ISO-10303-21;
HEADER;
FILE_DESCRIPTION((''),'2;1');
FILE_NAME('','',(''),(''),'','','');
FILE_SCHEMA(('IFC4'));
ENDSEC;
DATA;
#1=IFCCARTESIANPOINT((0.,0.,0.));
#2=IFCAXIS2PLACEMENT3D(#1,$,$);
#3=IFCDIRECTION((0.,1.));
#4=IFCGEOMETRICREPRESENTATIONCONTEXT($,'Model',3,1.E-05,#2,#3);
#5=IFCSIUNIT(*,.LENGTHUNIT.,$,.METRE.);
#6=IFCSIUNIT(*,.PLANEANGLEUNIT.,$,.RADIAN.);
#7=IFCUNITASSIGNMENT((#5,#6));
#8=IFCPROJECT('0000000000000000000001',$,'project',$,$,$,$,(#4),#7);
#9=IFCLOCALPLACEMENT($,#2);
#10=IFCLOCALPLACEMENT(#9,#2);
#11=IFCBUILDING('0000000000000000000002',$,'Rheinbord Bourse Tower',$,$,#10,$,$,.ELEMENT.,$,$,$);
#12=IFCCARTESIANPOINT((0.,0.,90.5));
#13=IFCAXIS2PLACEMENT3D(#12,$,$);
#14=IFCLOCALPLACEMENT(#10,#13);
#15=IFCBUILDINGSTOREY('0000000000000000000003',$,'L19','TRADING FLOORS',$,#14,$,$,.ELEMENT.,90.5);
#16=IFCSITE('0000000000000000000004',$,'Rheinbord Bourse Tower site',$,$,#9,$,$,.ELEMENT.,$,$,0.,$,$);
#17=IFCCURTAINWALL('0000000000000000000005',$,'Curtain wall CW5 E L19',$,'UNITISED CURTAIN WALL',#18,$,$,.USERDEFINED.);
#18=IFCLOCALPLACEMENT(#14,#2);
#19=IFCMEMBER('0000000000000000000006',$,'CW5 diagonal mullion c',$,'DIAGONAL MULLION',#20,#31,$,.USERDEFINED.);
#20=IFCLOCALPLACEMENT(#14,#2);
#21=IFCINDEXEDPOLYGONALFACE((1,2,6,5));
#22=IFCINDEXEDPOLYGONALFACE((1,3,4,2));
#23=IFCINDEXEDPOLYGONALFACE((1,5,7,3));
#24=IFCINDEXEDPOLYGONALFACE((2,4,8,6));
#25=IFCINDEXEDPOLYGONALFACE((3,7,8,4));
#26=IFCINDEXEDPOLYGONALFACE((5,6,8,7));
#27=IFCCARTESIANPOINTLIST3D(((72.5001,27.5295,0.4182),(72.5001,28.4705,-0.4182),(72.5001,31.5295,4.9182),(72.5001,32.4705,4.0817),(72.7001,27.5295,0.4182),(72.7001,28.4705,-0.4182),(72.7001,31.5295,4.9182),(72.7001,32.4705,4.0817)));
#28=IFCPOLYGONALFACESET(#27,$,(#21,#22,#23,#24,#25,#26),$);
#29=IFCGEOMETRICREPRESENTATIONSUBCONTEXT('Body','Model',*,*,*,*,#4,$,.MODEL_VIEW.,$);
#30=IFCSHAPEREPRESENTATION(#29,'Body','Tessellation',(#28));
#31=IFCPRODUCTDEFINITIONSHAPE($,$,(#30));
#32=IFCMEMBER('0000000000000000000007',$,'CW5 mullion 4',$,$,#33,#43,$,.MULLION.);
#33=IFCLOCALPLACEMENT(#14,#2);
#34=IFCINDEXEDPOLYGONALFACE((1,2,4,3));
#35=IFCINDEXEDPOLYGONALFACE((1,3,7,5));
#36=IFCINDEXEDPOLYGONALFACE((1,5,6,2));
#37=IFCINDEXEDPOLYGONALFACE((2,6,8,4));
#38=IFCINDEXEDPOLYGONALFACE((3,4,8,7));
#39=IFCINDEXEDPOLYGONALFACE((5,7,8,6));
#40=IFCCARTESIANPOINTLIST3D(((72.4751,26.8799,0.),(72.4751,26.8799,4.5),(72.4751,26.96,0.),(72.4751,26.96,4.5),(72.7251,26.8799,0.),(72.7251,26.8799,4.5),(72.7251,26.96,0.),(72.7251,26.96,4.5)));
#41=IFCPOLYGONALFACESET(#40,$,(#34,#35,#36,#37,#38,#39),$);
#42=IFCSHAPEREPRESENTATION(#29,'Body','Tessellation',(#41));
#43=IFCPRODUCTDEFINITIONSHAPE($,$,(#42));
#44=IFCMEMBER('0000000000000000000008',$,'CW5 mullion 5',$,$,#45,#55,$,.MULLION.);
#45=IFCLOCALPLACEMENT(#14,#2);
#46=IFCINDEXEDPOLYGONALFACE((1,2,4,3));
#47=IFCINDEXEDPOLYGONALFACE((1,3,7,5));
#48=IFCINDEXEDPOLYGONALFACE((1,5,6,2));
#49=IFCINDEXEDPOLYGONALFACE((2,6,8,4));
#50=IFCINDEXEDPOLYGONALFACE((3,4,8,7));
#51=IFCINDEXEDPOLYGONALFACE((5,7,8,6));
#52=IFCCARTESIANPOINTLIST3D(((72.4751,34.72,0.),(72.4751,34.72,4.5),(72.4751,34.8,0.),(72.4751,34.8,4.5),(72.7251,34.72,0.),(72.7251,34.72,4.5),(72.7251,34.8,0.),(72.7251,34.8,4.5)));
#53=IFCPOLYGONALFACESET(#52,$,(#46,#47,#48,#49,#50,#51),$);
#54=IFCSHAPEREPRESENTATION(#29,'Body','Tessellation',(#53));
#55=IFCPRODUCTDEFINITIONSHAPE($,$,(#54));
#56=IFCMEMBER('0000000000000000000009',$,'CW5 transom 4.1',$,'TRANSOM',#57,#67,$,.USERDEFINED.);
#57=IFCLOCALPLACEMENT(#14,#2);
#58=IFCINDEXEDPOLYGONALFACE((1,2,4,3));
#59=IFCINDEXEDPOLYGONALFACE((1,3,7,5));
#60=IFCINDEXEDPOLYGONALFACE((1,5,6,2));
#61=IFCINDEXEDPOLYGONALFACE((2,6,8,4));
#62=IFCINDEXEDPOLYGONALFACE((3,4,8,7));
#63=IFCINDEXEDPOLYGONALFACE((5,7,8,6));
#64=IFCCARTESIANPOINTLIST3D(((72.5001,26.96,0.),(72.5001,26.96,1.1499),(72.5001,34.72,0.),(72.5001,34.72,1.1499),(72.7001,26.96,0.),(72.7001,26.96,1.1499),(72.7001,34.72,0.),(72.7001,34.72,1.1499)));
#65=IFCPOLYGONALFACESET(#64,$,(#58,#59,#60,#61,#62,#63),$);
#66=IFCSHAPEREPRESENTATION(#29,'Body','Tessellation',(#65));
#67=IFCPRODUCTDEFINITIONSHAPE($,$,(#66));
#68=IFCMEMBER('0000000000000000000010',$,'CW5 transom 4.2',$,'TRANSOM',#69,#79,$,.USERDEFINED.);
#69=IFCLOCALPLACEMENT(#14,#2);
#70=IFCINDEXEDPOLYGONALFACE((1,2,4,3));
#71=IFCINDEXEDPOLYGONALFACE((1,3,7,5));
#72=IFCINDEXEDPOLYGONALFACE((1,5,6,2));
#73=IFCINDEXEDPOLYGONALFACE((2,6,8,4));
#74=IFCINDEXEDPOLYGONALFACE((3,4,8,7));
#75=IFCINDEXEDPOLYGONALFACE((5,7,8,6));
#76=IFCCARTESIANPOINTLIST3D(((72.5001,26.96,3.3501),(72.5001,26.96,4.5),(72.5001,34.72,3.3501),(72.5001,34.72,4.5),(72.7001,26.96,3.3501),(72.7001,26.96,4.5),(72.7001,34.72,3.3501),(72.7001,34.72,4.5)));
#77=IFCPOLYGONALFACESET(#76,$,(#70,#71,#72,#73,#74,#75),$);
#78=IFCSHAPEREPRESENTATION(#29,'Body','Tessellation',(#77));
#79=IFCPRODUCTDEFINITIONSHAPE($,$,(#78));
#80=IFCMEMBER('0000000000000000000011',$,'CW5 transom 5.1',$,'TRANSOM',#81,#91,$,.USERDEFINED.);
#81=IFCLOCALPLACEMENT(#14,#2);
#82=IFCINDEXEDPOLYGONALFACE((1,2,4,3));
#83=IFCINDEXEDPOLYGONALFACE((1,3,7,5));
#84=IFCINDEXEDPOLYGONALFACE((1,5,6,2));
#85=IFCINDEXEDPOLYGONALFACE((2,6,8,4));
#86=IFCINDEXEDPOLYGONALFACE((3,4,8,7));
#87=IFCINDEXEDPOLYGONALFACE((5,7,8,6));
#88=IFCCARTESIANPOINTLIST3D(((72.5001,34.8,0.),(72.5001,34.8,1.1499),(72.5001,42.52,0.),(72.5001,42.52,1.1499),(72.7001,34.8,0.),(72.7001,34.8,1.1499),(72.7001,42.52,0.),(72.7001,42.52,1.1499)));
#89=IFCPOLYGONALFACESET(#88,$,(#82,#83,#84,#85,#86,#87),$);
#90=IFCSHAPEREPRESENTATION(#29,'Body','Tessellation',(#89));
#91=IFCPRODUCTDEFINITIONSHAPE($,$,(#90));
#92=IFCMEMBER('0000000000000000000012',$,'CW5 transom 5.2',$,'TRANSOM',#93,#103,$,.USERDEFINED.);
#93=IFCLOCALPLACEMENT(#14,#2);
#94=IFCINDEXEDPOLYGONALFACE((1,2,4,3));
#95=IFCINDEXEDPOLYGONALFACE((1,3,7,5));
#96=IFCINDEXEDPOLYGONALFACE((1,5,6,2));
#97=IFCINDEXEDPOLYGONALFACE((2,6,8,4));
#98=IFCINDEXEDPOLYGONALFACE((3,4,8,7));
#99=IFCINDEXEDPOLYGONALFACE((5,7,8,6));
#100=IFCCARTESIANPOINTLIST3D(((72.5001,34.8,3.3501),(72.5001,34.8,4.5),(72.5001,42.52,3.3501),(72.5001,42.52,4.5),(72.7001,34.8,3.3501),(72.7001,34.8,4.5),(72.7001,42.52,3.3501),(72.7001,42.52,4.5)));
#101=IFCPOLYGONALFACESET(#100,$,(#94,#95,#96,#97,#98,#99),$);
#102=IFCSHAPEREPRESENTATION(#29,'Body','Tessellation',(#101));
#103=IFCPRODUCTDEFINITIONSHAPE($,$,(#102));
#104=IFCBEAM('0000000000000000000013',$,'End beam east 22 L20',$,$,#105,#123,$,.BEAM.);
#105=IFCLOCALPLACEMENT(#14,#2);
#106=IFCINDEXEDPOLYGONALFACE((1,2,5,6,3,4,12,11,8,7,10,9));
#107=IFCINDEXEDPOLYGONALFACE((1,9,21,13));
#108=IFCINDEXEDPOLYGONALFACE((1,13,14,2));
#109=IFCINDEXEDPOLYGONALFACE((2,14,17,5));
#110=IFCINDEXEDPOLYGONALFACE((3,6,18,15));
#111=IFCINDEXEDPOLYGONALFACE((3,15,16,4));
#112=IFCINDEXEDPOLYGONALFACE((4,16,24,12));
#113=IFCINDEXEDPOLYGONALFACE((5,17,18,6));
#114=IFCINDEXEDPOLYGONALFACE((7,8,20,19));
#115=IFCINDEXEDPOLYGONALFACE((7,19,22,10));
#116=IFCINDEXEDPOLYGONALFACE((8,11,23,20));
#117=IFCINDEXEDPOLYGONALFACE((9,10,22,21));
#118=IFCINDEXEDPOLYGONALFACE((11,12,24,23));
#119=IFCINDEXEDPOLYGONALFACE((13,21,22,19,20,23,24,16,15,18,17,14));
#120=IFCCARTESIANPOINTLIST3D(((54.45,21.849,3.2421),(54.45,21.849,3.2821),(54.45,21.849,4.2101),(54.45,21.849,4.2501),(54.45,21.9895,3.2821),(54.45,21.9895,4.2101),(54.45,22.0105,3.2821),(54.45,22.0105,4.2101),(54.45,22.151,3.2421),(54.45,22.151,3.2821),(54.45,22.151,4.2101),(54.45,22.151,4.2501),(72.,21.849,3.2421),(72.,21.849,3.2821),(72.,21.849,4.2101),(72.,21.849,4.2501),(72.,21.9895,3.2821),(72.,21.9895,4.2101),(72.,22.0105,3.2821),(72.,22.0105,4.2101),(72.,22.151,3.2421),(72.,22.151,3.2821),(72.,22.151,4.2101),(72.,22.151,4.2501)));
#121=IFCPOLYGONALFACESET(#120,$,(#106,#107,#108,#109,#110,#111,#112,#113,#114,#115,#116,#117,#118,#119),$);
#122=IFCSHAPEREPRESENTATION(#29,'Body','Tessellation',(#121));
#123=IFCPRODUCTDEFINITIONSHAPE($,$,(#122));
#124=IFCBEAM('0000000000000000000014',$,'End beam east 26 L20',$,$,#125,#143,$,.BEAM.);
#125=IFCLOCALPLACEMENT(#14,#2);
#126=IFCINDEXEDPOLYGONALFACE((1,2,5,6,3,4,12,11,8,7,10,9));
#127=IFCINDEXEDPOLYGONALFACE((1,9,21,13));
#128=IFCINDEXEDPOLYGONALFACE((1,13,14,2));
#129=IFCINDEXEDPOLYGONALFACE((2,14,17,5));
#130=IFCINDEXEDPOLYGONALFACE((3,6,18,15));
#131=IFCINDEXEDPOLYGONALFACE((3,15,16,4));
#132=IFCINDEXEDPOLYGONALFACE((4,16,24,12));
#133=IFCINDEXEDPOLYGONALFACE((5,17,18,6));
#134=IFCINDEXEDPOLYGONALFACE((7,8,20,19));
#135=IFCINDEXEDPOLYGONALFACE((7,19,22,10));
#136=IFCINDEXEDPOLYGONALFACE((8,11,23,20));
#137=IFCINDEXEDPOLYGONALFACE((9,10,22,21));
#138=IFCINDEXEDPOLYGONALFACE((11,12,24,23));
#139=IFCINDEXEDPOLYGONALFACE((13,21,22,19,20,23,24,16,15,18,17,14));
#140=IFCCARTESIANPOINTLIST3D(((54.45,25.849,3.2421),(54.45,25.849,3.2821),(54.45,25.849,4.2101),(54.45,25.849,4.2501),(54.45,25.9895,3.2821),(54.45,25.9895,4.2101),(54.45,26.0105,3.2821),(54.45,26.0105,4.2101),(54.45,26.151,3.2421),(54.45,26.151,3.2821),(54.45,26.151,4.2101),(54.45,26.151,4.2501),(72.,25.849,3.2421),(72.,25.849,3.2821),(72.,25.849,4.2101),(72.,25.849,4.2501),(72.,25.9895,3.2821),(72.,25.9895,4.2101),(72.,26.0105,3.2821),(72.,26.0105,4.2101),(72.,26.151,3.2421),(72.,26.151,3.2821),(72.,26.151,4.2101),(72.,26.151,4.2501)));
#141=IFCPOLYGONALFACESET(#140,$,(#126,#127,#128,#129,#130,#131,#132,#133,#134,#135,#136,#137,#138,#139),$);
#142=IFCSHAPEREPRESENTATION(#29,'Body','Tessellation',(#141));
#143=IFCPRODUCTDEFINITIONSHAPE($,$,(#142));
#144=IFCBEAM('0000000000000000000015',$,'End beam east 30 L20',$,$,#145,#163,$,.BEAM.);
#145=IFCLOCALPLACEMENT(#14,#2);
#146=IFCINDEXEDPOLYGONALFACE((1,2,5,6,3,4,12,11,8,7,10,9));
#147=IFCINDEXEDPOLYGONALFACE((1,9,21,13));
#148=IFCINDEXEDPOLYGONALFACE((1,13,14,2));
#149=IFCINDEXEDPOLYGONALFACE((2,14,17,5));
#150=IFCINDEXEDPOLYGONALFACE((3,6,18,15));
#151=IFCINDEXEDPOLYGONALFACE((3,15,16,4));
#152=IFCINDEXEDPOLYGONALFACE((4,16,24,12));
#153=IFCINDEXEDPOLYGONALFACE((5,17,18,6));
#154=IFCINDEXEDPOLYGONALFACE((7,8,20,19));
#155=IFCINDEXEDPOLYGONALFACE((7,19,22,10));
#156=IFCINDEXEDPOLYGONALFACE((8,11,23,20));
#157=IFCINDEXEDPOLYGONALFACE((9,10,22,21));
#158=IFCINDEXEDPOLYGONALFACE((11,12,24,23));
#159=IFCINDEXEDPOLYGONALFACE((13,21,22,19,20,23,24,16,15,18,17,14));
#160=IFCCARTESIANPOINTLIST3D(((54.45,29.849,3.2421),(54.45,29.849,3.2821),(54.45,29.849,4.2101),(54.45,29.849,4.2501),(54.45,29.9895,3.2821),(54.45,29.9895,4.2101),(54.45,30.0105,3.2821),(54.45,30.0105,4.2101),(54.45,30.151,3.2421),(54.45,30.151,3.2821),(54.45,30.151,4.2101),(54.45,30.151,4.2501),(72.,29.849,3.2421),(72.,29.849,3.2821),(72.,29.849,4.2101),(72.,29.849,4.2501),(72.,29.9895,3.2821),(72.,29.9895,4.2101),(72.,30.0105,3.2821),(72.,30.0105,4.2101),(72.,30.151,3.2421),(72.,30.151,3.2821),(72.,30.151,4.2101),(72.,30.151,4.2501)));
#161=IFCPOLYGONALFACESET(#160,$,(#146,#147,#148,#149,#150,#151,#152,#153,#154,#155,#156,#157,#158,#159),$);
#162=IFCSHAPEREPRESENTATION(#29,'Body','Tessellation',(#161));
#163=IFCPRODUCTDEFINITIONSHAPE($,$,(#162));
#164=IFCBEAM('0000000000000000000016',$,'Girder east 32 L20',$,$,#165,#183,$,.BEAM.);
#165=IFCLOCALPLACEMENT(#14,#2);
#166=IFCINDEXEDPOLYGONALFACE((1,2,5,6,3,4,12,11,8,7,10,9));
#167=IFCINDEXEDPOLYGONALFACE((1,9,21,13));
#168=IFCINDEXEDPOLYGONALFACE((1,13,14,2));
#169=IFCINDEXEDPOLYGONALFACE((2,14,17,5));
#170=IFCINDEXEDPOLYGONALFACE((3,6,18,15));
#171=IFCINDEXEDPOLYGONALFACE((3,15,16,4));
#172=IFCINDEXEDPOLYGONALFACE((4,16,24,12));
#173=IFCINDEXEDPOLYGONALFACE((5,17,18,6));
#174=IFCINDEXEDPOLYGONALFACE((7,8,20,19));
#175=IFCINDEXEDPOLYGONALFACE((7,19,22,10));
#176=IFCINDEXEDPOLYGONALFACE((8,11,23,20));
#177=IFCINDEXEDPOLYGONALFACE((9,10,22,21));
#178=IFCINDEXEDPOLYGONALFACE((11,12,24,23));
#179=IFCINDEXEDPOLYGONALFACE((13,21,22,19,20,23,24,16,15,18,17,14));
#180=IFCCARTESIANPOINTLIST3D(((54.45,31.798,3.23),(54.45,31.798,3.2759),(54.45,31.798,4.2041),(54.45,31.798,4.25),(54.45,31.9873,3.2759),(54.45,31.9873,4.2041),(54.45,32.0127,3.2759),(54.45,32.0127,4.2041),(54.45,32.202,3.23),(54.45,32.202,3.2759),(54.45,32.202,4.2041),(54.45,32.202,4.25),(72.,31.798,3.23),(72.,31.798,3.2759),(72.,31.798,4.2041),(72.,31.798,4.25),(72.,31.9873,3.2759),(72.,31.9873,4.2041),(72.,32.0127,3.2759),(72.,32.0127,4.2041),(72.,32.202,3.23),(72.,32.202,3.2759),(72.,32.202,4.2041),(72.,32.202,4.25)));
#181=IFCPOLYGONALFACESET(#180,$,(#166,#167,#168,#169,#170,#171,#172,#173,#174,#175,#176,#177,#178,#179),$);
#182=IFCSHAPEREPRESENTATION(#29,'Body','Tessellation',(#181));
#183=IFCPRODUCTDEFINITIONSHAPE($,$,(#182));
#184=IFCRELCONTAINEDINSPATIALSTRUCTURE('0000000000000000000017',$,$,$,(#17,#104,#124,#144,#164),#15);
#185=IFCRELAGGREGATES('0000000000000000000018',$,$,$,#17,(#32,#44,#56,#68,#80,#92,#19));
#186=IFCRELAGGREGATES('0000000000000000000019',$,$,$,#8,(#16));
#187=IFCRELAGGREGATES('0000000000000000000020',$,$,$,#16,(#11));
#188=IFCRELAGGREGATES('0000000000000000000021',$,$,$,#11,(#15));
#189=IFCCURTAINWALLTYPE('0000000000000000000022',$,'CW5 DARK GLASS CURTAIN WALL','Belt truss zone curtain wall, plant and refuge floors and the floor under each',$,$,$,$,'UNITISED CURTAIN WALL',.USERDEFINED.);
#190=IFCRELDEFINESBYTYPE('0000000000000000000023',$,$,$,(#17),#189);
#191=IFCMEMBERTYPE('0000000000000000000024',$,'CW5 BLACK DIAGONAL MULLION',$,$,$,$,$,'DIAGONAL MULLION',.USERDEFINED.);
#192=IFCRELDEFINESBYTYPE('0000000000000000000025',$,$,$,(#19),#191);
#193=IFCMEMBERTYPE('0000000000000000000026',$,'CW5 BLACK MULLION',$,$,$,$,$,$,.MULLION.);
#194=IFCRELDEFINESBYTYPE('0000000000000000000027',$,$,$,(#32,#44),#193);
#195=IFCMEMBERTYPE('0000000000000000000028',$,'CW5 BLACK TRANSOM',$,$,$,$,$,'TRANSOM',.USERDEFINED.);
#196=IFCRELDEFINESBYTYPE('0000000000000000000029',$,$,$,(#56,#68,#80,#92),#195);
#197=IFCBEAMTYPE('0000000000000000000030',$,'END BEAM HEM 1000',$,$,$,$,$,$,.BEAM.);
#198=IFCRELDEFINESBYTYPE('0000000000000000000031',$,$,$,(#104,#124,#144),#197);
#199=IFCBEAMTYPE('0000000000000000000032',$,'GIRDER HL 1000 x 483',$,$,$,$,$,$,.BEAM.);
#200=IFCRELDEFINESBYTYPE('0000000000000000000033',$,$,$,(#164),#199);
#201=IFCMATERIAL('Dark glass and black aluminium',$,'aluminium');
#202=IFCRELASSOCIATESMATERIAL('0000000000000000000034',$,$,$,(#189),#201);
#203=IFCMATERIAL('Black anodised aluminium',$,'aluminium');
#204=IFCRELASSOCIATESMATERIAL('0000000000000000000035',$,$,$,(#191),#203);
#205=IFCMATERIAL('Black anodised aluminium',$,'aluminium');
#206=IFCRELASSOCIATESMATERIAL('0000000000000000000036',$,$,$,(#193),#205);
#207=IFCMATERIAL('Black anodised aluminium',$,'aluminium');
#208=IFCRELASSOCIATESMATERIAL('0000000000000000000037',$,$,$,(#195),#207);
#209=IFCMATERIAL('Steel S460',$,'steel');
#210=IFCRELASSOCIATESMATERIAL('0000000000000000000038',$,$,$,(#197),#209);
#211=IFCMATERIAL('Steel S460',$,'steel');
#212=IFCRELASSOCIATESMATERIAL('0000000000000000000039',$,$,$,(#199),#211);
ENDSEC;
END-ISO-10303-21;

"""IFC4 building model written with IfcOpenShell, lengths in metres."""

from ifc_helpers import new_model, si_unit, direction, frame, origin, origin_2d, place, context, subcontext, project, spatial, rectangle, i_section, extrude, material, material_profile, profile_set, type_object, element, aggregate, save


model = new_model("IFC4")

# Units and contexts
model_context = context("Model", 3, precision=1e-05, world=origin(), true_north=direction((0.0, 1.0)))
body_context = subcontext(model_context, "Body", "Model", "MODEL_VIEW")
ifc_project = project(units=[si_unit("LENGTHUNIT", "METRE"), si_unit("PLANEANGLEUNIT", "RADIAN")], contexts=[model_context])

# Site, building, storey
site_placement = place(None, origin())
site = spatial("IfcSite", under=ifc_project, at=site_placement, Name="Rheinbord Bourse Tower site", CompositionType="ELEMENT", RefElevation=0.0)
building_placement = place(site_placement, origin())
building = spatial("IfcBuilding", under=site, at=building_placement, Name="Rheinbord Bourse Tower", CompositionType="ELEMENT")
storey_placement = place(building_placement, frame((0.0, 0.0, 90.5)))
storey = spatial("IfcBuildingStorey", under=building, at=storey_placement, Name="L19", Description="TRADING FLOORS", CompositionType="ELEMENT", Elevation=90.5)

# Curtain wall, members
ifc_material_1 = material(Name="Dark glass and black aluminium", Category="aluminium")
curtain_wall_type = type_object("IfcCurtainWallType", Name="CW5 DARK GLASS CURTAIN WALL", Description="Belt truss zone curtain wall, plant and refuge floors and the floor under each", ElementType="UNITISED CURTAIN WALL", PredefinedType="USERDEFINED", material=ifc_material_1)
curtain_wall_placement = place(storey_placement, origin())
curtain_wall = element("IfcCurtainWall", 1, at=curtain_wall_placement, inside=storey, type_object=curtain_wall_type, Name="Curtain wall CW5 E L19", ObjectType="UNITISED CURTAIN WALL", PredefinedType="USERDEFINED")
ifc_material_2 = material(Name="Black anodised aluminium", Category="aluminium")
ifc_material_profile_1 = material_profile(ifc_material_2, rectangle(XDim=0.2, YDim=1.259, at=origin_2d()), Name="CW5 DIAGONAL MULLION 1259x200")
ifc_profile_set_1 = profile_set([ifc_material_profile_1], Name="Black anodised aluminium")
member_type_1 = type_object("IfcMemberType", Name="CW5 BLACK DIAGONAL MULLION", ElementType="DIAGONAL MULLION", PredefinedType="USERDEFINED", material=ifc_profile_set_1)
member_1_placement = place(storey_placement, frame((72.6001, 28.0, 0.0), z_axis=(0.0, 0.664364, 0.747409), x_axis=(-1.0, 0.0, 0.0)))
member_1 = element("IfcMember", 2, at=member_1_placement, type_object=member_type_1, Name="CW5 diagonal mullion c", ObjectType="DIAGONAL MULLION", PredefinedType="USERDEFINED", context=body_context, shape_type="SweptSolid", body=[
    extrude(rectangle(XDim=0.2, YDim=1.259, at=origin_2d()), origin(), (0.0, 0.0, 1.0), 6.0208),
])
ifc_material_3 = material(Name="Black anodised aluminium", Category="aluminium")
ifc_material_profile_2 = material_profile(ifc_material_3, rectangle(XDim=0.25, YDim=0.0801, at=origin_2d()), Name="CW5 MULLION 80x250")
ifc_profile_set_2 = profile_set([ifc_material_profile_2], Name="Black anodised aluminium")
member_type_2 = type_object("IfcMemberType", Name="CW5 BLACK MULLION", PredefinedType="MULLION", material=ifc_profile_set_2)
member_2_placement = place(storey_placement, frame((72.6001, 26.9199, 0.0), z_axis=(0.0, 0.0, 1.0), x_axis=(-1.0, 0.0, 0.0)))
member_2 = element("IfcMember", 3, at=member_2_placement, type_object=member_type_2, Name="CW5 mullion 4", PredefinedType="MULLION", context=body_context, shape_type="SweptSolid", body=[
    extrude(rectangle(XDim=0.25, YDim=0.0801, at=origin_2d()), origin(), (0.0, 0.0, 1.0), 4.5),
])
member_3_placement = place(storey_placement, frame((72.6001, 34.76, 0.0), z_axis=(0.0, 0.0, 1.0), x_axis=(-1.0, 0.0, 0.0)))
member_3 = element("IfcMember", 4, at=member_3_placement, type_object=member_type_2, Name="CW5 mullion 5", PredefinedType="MULLION", context=body_context, shape_type="SweptSolid", body=[
    extrude(rectangle(XDim=0.25, YDim=0.0801, at=origin_2d()), origin(), (0.0, 0.0, 1.0), 4.5),
])
ifc_material_4 = material(Name="Black anodised aluminium", Category="aluminium")
ifc_material_profile_3 = material_profile(ifc_material_4, rectangle(XDim=0.2, YDim=1.1499, at=origin_2d()), Name="CW5 TRANSOM 1150x200")
ifc_profile_set_3 = profile_set([ifc_material_profile_3], Name="Black anodised aluminium")
member_type_3 = type_object("IfcMemberType", Name="CW5 BLACK TRANSOM", ElementType="TRANSOM", PredefinedType="USERDEFINED", material=ifc_profile_set_3)
member_4_placement = place(storey_placement, frame((72.6001, 26.96, 0.575), z_axis=(0.0, 1.0, 0.0), x_axis=(-1.0, 0.0, 0.0)))
member_4 = element("IfcMember", 5, at=member_4_placement, type_object=member_type_3, Name="CW5 transom 4.1", ObjectType="TRANSOM", PredefinedType="USERDEFINED", context=body_context, shape_type="SweptSolid", body=[
    extrude(rectangle(XDim=0.2, YDim=1.1499, at=origin_2d()), origin(), (0.0, 0.0, 1.0), 7.76),
])
member_5_placement = place(storey_placement, frame((72.6001, 26.96, 3.925), z_axis=(0.0, 1.0, 0.0), x_axis=(-1.0, 0.0, 0.0)))
member_5 = element("IfcMember", 6, at=member_5_placement, type_object=member_type_3, Name="CW5 transom 4.2", ObjectType="TRANSOM", PredefinedType="USERDEFINED", context=body_context, shape_type="SweptSolid", body=[
    extrude(rectangle(XDim=0.2, YDim=1.1499, at=origin_2d()), origin(), (0.0, 0.0, 1.0), 7.76),
])
member_6_placement = place(storey_placement, frame((72.6001, 34.8, 0.575), z_axis=(0.0, 1.0, 0.0), x_axis=(-1.0, 0.0, 0.0)))
member_6 = element("IfcMember", 7, at=member_6_placement, type_object=member_type_3, Name="CW5 transom 5.1", ObjectType="TRANSOM", PredefinedType="USERDEFINED", context=body_context, shape_type="SweptSolid", body=[
    extrude(rectangle(XDim=0.2, YDim=1.1499, at=origin_2d()), origin(), (0.0, 0.0, 1.0), 7.72),
])
member_7_placement = place(storey_placement, frame((72.6001, 34.8, 3.925), z_axis=(0.0, 1.0, 0.0), x_axis=(-1.0, 0.0, 0.0)))
member_7 = element("IfcMember", 8, at=member_7_placement, type_object=member_type_3, Name="CW5 transom 5.2", ObjectType="TRANSOM", PredefinedType="USERDEFINED", context=body_context, shape_type="SweptSolid", body=[
    extrude(rectangle(XDim=0.2, YDim=1.1499, at=origin_2d()), origin(), (0.0, 0.0, 1.0), 7.72),
])

# Beams
ifc_material_5 = material(Name="Steel S460", Category="steel")
ifc_material_profile_4 = material_profile(ifc_material_5, i_section(OverallWidth=0.302, OverallDepth=1.0081, WebThickness=0.021, FlangeThickness=0.04, at=origin_2d()), Name="HEM 1000")
ifc_profile_set_4 = profile_set([ifc_material_profile_4], Name="Steel S460")
beam_type_1 = type_object("IfcBeamType", Name="END BEAM HEM 1000", PredefinedType="BEAM", material=ifc_profile_set_4)
for number, where, z_axis, x_axis, name in (
    (9, (54.45, 22.0, 3.7461), (1.0, 0.0, 0.0), (0.0, 1.0, 0.0), "End beam east 22 L20"),
    (10, (54.45, 26.0, 3.7461), (1.0, 0.0, 0.0), (0.0, 1.0, 0.0), "End beam east 26 L20"),
    (11, (54.45, 30.0, 3.7461), (1.0, 0.0, 0.0), (0.0, 1.0, 0.0), "End beam east 30 L20"),
):
    element("IfcBeam", number, at=place(storey_placement, frame(where, z_axis=z_axis, x_axis=x_axis)), inside=storey, type_object=beam_type_1, Name=name, PredefinedType="BEAM", context=body_context, shape_type="SweptSolid", body=[
        extrude(i_section(OverallWidth=0.302, OverallDepth=1.0081, WebThickness=0.021, FlangeThickness=0.04, at=origin_2d()), origin(), (0.0, 0.0, 1.0), 17.55),
    ])
ifc_material_6 = material(Name="Steel S460", Category="steel")
ifc_material_profile_5 = material_profile(ifc_material_6, i_section(OverallWidth=0.4041, OverallDepth=1.02, WebThickness=0.0254, FlangeThickness=0.0459, at=origin_2d()), Name="HL 1000 x 483")
ifc_profile_set_5 = profile_set([ifc_material_profile_5], Name="Steel S460")
beam_type_2 = type_object("IfcBeamType", Name="GIRDER HL 1000 x 483", PredefinedType="BEAM", material=ifc_profile_set_5)
beam_1_placement = place(storey_placement, frame((54.45, 32.0, 3.74), z_axis=(1.0, 0.0, 0.0), x_axis=(0.0, 1.0, 0.0)))
element("IfcBeam", 12, at=beam_1_placement, inside=storey, type_object=beam_type_2, Name="Girder east 32 L20", PredefinedType="BEAM", context=body_context, shape_type="SweptSolid", body=[
    extrude(i_section(OverallWidth=0.4041, OverallDepth=1.02, WebThickness=0.0254, FlangeThickness=0.0459, at=origin_2d()), origin(), (0.0, 0.0, 1.0), 17.55),
])

aggregate(curtain_wall, [member_2, member_3, member_4, member_5, member_6, member_7, member_1])

save(model, "model.ifc")
